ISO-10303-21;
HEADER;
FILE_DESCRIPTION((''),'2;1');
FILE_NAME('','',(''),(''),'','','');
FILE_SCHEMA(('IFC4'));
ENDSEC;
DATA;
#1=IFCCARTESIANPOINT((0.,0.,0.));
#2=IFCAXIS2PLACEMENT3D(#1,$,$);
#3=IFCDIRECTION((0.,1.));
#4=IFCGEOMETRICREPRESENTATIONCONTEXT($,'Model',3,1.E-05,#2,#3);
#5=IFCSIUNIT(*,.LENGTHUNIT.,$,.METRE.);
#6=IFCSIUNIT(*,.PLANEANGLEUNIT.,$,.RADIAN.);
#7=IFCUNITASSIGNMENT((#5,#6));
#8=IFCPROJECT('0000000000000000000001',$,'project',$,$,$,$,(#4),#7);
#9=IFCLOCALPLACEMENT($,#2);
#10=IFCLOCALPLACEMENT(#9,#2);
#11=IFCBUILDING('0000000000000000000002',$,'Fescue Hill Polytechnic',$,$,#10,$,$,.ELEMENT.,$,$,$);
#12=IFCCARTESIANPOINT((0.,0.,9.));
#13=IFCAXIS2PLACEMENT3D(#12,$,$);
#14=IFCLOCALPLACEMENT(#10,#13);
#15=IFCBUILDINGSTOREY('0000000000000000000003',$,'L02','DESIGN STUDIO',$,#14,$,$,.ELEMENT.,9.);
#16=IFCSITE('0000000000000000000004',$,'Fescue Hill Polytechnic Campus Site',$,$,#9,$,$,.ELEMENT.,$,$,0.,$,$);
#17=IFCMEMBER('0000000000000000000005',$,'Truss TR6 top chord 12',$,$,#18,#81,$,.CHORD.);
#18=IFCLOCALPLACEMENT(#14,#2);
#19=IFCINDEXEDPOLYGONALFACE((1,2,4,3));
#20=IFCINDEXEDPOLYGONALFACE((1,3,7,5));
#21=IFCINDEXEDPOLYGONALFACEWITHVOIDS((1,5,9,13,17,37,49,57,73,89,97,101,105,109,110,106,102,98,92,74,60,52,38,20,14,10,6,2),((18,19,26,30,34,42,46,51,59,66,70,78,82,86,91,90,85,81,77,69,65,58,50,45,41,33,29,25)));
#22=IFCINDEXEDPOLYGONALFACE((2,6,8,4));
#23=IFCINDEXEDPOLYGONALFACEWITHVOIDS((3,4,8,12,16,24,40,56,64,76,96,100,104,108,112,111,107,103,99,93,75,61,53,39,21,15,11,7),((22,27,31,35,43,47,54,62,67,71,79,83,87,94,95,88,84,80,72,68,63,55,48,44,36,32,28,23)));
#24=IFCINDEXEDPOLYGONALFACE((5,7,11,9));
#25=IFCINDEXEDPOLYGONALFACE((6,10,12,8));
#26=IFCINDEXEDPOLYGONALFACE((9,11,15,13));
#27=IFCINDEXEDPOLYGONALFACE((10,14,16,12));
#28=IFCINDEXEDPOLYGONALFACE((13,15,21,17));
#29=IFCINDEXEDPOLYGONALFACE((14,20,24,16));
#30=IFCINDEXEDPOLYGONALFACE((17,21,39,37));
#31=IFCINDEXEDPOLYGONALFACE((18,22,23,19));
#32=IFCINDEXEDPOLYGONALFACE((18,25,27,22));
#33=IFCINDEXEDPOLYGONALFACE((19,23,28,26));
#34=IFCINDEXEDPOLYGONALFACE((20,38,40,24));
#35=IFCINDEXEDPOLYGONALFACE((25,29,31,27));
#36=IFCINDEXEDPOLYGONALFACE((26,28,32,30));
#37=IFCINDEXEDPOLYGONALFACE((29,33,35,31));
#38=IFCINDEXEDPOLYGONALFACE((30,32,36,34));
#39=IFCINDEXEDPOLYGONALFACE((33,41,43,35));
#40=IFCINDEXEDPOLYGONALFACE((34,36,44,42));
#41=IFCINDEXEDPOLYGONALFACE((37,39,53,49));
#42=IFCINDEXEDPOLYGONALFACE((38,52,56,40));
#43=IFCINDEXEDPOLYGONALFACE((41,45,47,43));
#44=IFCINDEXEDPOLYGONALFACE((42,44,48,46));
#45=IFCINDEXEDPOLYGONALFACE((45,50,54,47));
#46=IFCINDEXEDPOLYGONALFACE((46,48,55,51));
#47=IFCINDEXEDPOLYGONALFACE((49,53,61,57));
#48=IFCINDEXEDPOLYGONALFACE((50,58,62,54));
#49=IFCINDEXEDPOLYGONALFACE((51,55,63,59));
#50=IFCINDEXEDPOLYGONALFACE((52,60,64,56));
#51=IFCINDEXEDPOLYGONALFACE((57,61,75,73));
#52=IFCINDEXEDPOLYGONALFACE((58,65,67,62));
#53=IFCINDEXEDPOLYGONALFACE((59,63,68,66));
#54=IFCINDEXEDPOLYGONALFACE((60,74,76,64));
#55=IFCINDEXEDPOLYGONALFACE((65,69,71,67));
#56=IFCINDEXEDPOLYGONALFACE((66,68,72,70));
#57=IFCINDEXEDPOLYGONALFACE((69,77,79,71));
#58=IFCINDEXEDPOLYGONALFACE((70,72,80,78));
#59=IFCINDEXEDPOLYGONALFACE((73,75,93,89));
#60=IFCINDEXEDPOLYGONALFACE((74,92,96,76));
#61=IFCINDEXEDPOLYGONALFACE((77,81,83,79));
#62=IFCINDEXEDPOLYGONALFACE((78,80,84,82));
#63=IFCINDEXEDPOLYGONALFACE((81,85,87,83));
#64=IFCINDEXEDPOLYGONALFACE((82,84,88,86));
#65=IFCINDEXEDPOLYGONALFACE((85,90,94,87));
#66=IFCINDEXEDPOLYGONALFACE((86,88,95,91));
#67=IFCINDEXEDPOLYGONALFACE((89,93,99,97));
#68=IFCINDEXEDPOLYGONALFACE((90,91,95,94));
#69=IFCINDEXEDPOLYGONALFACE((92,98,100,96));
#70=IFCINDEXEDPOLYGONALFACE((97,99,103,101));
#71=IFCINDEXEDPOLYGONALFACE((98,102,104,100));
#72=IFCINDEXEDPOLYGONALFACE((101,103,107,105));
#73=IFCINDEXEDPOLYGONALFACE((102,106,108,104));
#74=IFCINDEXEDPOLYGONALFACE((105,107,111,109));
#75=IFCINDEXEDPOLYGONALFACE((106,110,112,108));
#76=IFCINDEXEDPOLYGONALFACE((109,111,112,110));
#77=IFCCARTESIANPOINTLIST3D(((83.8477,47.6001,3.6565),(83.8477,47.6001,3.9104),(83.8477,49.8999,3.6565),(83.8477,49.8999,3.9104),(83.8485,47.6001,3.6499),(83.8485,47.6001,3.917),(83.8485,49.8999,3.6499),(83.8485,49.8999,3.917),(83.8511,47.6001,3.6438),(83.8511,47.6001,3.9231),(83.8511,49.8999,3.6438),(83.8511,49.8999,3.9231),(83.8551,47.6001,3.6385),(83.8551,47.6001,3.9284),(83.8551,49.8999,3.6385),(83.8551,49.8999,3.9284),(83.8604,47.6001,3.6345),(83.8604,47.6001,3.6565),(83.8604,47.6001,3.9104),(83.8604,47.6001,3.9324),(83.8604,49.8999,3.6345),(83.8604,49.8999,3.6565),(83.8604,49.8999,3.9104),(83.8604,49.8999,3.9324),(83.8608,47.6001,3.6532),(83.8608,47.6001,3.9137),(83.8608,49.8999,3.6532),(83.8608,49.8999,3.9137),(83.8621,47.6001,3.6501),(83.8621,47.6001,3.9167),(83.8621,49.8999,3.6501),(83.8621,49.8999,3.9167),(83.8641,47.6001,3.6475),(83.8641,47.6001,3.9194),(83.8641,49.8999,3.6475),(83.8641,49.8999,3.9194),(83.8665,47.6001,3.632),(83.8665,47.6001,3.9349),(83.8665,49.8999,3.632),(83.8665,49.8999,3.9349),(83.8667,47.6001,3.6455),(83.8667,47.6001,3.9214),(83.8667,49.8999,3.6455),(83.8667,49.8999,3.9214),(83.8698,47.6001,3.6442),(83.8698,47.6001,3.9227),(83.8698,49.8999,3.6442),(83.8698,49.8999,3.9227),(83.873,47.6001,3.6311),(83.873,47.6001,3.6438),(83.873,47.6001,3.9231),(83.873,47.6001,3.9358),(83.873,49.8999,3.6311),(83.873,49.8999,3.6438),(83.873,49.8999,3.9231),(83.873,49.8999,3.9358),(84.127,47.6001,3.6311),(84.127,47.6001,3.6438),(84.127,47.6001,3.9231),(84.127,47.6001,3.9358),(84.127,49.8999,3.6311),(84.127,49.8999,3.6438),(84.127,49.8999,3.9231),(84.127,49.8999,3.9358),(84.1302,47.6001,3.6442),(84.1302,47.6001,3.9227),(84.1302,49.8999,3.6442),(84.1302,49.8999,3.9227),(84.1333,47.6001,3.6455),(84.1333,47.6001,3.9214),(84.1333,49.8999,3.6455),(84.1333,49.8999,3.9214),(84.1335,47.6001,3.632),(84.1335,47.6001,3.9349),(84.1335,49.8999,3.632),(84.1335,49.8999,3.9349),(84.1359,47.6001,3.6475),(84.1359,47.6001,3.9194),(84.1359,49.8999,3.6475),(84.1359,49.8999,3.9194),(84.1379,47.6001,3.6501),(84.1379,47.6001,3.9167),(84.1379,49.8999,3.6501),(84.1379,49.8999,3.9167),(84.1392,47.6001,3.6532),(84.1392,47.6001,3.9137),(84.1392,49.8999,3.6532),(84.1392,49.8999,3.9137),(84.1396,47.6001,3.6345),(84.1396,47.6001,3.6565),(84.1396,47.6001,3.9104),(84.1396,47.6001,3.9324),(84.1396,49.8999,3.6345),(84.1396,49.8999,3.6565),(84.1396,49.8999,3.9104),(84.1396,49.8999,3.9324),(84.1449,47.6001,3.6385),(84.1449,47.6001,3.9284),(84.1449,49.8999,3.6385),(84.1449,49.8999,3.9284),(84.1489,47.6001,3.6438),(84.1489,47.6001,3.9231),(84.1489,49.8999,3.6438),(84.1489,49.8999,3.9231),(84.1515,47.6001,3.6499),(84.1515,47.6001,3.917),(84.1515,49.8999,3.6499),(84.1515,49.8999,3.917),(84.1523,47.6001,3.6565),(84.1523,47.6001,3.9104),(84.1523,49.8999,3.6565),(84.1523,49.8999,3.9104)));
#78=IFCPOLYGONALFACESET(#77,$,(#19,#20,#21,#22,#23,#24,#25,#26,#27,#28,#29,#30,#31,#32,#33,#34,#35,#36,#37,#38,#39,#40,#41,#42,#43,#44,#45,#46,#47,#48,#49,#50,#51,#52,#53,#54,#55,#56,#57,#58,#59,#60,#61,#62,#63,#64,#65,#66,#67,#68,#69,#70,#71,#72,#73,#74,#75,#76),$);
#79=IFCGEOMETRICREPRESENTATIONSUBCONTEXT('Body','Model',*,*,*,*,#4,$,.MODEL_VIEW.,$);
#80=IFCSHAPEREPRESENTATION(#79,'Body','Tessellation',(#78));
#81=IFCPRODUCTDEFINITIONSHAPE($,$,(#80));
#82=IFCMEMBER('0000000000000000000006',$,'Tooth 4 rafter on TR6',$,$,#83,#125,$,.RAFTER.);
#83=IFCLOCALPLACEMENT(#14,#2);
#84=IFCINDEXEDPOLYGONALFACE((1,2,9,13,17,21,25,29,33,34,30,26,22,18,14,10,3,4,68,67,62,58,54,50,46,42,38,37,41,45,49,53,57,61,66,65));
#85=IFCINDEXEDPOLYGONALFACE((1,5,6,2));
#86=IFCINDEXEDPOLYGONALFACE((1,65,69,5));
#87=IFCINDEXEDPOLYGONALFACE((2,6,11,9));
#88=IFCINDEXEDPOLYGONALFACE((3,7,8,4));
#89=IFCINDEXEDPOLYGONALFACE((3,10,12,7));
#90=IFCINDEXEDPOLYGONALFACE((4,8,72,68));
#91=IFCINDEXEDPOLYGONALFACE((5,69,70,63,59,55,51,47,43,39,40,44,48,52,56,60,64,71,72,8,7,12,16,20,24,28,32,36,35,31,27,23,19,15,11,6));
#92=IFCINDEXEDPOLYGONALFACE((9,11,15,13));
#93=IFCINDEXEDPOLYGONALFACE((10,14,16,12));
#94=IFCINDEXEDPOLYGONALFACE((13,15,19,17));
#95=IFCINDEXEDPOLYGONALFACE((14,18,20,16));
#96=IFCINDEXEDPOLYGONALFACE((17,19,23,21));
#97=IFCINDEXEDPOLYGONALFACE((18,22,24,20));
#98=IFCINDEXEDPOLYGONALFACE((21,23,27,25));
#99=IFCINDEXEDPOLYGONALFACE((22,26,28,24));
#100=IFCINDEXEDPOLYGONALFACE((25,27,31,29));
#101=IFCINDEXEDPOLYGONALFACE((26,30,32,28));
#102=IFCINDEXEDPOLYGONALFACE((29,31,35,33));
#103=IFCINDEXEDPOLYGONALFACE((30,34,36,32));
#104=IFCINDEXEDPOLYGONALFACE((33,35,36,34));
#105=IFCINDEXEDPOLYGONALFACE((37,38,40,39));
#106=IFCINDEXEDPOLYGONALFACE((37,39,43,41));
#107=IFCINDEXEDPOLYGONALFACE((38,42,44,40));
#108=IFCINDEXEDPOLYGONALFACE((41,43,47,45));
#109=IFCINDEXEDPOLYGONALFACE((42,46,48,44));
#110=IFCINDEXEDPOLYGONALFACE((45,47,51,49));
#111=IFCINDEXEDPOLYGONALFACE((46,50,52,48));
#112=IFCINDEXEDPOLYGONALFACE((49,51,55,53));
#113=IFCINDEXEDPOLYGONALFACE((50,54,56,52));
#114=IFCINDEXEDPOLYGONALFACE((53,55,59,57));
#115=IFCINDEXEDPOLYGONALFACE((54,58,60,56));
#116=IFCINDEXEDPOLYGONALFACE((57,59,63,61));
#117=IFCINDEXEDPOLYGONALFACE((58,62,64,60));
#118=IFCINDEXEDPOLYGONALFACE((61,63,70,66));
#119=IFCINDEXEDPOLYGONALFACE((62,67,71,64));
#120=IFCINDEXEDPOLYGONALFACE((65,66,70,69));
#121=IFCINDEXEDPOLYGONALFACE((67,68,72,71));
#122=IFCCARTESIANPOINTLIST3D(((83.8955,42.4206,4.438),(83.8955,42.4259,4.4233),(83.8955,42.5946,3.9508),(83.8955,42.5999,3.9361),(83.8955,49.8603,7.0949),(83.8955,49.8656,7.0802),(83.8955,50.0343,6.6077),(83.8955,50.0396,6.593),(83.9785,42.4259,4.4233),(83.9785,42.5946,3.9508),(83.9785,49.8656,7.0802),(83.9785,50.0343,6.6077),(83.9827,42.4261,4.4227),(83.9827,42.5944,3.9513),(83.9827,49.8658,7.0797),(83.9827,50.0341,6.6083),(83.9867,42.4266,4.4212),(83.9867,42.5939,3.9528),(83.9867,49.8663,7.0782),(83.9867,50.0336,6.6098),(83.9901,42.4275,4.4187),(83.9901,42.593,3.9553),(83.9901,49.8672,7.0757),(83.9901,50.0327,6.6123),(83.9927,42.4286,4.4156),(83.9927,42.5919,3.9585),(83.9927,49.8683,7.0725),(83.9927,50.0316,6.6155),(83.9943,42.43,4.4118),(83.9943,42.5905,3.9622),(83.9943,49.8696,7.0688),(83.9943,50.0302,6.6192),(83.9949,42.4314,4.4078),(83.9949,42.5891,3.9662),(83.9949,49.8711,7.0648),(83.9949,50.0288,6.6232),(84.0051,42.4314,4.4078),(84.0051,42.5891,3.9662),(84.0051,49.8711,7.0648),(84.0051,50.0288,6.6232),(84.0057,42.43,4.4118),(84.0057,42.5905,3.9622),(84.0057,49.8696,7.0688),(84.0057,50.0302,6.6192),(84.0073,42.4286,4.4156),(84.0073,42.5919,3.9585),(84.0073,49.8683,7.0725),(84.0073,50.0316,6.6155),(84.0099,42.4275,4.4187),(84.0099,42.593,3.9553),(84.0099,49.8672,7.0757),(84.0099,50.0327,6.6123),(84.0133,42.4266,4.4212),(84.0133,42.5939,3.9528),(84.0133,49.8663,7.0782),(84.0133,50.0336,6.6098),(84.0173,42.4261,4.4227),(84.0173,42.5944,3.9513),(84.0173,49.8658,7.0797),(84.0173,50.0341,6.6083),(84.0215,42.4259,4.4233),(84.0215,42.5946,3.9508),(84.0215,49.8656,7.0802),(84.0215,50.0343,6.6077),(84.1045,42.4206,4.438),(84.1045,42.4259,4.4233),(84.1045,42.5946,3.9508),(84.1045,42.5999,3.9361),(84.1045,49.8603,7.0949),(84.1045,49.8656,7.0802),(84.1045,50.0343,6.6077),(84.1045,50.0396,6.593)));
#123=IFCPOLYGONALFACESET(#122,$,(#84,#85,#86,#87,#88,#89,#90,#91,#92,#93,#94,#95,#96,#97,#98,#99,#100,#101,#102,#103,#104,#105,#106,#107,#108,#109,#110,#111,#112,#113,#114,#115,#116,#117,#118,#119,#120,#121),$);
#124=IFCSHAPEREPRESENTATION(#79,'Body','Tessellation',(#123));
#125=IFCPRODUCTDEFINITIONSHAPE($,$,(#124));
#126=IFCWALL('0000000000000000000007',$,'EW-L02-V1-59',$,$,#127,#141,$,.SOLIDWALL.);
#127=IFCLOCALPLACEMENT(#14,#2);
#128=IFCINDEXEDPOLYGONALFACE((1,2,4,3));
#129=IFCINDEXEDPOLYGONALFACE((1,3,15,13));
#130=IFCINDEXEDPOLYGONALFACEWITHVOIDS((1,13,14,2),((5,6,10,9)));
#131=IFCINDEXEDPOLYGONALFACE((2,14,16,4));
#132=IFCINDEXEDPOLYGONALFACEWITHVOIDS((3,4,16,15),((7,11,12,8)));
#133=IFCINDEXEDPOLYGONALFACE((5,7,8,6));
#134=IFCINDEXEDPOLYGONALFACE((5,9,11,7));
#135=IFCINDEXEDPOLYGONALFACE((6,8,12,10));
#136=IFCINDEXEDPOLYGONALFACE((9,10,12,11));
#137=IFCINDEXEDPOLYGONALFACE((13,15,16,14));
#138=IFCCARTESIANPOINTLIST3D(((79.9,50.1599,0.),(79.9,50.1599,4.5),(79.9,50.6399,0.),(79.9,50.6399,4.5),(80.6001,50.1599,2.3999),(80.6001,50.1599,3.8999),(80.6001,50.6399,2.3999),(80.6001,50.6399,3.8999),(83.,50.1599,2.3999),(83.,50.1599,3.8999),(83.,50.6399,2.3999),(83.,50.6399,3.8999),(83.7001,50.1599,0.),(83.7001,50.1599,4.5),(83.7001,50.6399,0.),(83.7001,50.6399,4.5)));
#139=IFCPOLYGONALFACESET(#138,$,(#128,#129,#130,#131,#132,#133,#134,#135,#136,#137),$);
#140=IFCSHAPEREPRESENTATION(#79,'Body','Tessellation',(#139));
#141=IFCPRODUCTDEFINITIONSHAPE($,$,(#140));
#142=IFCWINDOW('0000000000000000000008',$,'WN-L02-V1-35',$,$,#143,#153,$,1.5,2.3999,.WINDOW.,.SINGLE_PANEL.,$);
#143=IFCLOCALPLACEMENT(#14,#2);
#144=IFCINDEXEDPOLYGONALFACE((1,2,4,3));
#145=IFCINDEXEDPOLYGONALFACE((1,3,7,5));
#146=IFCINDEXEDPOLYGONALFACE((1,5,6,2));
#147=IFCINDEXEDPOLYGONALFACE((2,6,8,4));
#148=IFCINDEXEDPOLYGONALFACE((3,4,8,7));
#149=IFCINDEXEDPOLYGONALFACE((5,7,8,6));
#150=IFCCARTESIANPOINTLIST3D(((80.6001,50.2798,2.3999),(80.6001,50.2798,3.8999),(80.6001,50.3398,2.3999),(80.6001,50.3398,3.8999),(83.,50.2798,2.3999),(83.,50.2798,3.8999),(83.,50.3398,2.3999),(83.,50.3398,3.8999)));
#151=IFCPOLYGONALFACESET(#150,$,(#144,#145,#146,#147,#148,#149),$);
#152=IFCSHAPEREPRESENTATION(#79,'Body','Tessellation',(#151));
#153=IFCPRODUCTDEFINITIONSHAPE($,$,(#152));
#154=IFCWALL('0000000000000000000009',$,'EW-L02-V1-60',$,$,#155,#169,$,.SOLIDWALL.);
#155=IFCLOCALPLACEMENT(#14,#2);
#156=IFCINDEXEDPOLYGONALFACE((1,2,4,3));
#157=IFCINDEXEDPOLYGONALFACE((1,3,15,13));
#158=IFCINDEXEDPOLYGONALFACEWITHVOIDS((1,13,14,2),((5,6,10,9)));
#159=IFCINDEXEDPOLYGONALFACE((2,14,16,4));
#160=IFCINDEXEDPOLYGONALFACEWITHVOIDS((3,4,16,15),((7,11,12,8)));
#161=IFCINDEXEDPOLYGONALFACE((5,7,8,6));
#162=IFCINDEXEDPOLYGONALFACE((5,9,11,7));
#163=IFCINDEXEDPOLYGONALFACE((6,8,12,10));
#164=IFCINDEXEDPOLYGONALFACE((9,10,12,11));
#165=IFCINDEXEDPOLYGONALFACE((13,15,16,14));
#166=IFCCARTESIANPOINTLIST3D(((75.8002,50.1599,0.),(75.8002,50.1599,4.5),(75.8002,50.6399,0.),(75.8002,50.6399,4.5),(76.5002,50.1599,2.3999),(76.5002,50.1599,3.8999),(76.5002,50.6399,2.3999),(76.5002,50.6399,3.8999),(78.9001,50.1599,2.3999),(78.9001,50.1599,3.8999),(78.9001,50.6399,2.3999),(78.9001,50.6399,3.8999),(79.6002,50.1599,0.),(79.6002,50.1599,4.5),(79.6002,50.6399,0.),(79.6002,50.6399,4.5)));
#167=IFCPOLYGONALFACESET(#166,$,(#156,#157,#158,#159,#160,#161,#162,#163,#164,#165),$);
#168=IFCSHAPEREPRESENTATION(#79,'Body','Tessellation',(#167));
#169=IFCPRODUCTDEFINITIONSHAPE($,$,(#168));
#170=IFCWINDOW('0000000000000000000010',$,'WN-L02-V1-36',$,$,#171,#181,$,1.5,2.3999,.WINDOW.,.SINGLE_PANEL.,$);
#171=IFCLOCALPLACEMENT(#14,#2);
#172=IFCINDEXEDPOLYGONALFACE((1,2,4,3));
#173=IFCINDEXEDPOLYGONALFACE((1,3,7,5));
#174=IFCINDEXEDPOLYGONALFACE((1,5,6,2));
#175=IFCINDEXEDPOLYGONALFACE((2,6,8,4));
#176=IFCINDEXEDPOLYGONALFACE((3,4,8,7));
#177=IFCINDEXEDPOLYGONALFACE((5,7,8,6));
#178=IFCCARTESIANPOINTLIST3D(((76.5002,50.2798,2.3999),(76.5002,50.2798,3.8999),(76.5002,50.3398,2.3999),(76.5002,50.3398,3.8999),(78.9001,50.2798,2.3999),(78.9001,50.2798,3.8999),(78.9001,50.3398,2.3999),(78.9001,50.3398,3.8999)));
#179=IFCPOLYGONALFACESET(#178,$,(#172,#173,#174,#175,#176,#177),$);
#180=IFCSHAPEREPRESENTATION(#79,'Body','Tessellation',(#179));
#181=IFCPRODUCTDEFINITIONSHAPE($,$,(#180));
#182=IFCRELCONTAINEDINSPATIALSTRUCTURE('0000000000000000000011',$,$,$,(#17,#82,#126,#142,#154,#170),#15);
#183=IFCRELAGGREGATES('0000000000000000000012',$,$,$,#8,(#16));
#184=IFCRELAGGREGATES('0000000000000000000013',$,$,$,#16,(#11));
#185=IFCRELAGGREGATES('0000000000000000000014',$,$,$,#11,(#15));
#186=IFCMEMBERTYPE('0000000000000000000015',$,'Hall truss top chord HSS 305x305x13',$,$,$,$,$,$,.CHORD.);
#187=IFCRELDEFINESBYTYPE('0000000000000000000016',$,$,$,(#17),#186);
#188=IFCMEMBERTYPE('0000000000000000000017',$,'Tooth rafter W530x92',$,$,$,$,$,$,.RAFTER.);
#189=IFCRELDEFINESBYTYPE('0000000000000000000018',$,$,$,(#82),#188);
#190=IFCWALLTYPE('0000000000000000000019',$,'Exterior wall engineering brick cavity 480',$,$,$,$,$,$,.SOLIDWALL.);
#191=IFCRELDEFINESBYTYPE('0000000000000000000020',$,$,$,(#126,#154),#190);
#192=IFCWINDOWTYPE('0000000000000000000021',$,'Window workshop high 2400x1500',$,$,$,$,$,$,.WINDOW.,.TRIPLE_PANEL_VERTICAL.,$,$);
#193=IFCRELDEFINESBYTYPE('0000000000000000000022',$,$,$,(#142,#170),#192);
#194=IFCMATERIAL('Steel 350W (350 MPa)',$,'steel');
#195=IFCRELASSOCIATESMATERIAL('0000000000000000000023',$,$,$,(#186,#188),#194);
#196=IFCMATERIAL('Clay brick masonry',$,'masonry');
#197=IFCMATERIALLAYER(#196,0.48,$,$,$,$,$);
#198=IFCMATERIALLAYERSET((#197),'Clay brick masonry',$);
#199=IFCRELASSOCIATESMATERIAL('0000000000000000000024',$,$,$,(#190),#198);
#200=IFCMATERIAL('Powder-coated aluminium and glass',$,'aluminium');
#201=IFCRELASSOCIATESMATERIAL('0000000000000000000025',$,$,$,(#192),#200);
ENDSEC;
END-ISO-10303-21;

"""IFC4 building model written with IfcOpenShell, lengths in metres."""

from ifc_helpers import new_model, si_unit, direction, frame, frame_2d, origin, origin_2d, place, context, subcontext, project, spatial, rectangle, hollow_rectangle, i_section, extrude, material, layer, layer_set, material_profile, profile_set, type_object, element, fill, save


model = new_model("IFC4")

# Units and contexts
model_context = context("Model", 3, precision=1e-05, world=origin(), true_north=direction((0.0, 1.0)))
body_context = subcontext(model_context, "Body", "Model", "MODEL_VIEW")
ifc_project = project(units=[si_unit("LENGTHUNIT", "METRE"), si_unit("PLANEANGLEUNIT", "RADIAN")], contexts=[model_context])

# Site, building, storey
site_placement = place(None, origin())
site = spatial("IfcSite", under=ifc_project, at=site_placement, Name="Fescue Hill Polytechnic Campus Site", CompositionType="ELEMENT", RefElevation=0.0)
building_placement = place(site_placement, origin())
building = spatial("IfcBuilding", under=site, at=building_placement, Name="Fescue Hill Polytechnic", CompositionType="ELEMENT")
storey_placement = place(building_placement, frame((0.0, 0.0, 9.0)))
storey = spatial("IfcBuildingStorey", under=building, at=storey_placement, Name="L02", Description="DESIGN STUDIO", CompositionType="ELEMENT", Elevation=9.0)

# Members
ifc_material_1 = material(Name="Steel 350W (350 MPa)", Category="steel")
ifc_material_profile_1 = material_profile(ifc_material_1, hollow_rectangle(XDim=0.3047, YDim=0.3047, WallThickness=0.0127, InnerFilletRadius=0.0127, OuterFilletRadius=0.0254, at=origin_2d()), Name="Hall truss top chord HSS 305x305x13")
ifc_profile_set_1 = profile_set([ifc_material_profile_1], Name="Steel 350W (350 MPa)")
member_type_1 = type_object("IfcMemberType", Name="Hall truss top chord HSS 305x305x13", PredefinedType="CHORD", material=ifc_profile_set_1)
member_1_placement = place(storey_placement, frame((84.0, 47.6001, 3.7834), z_axis=(0.0, 1.0, 0.0), x_axis=(-1.0, 0.0, 0.0)))
element("IfcMember", 1, at=member_1_placement, inside=storey, type_object=member_type_1, Name="Truss TR6 top chord 12", PredefinedType="CHORD", context=body_context, shape_type="SweptSolid", body=[
    extrude(hollow_rectangle(XDim=0.3047, YDim=0.3047, WallThickness=0.0127, InnerFilletRadius=0.0127, OuterFilletRadius=0.0254, at=origin_2d()), origin(), (0.0, 0.0, 1.0), 2.2998),
])
ifc_material_profile_2 = material_profile(ifc_material_1, i_section(OverallWidth=0.209, OverallDepth=0.533, WebThickness=0.0103, FlangeThickness=0.0156, FilletRadius=0.0164, at=origin_2d()), Name="W530x92")
ifc_profile_set_2 = profile_set([ifc_material_profile_2], Name="Steel 350W (350 MPa)")
member_type_2 = type_object("IfcMemberType", Name="Tooth rafter W530x92", PredefinedType="RAFTER", material=ifc_profile_set_2)
member_2_placement = place(storey_placement, frame((84.0, 42.5103, 4.187), z_axis=(0.0, 0.941744, 0.336331), x_axis=(-1.0, 0.0, 0.0)))
element("IfcMember", 2, at=member_2_placement, inside=storey, type_object=member_type_2, Name="Tooth 4 rafter on TR6", PredefinedType="RAFTER", context=body_context, shape_type="SweptSolid", body=[
    extrude(i_section(OverallWidth=0.209, OverallDepth=0.533, WebThickness=0.0103, FlangeThickness=0.0156, FilletRadius=0.0164, at=origin_2d()), origin(), (0.0, 0.0, 1.0), 7.8999),
])

# Walls, openings, windows
ifc_material_2 = material(Name="Clay brick masonry", Category="masonry")
ifc_layer_1 = layer(ifc_material_2, 0.48)
ifc_layer_set_1 = layer_set([ifc_layer_1], Name="Clay brick masonry")
wall_type_1 = type_object("IfcWallType", Name="Exterior wall engineering brick cavity 480", PredefinedType="SOLIDWALL", material=ifc_layer_set_1)
wall_1_placement = place(storey_placement, frame((83.7, 50.3999, 0.0), z_axis=(0.0, 0.0, 1.0), x_axis=(-1.0, 0.0, 0.0)))
wall_1 = element("IfcWall", 3, at=wall_1_placement, inside=storey, type_object=wall_type_1, Name="EW-L02-V1-59", PredefinedType="SOLIDWALL", context=body_context, shape_type="SweptSolid", body=[
    extrude(rectangle(XDim=3.8, YDim=0.48, at=frame_2d((1.8999, 0.0))), origin(), (0.0, 0.0, 1.0), 4.5),
])
opening_1_placement = place(wall_1_placement, frame((0.7, 0.0, 2.3999)))
opening_1 = element("IfcOpeningElement", 4, at=opening_1_placement, cuts=wall_1, PredefinedType="OPENING", context=body_context, shape_type="SweptSolid", body=[
    extrude(rectangle(XDim=2.3999, YDim=1.5, at=frame_2d((1.2, 0.75))), frame((0.0, 0.25, 0.0), z_axis=(0.0, -1.0, 0.0), x_axis=(1.0, 0.0, 0.0)), (0.0, 0.0, 1.0), 0.5),
])
ifc_material_3 = material(Name="Powder-coated aluminium and glass", Category="aluminium")
window_type = type_object("IfcWindowType", Name="Window workshop high 2400x1500", PartitioningType="TRIPLE_PANEL_VERTICAL", PredefinedType="WINDOW", material=ifc_material_3)
window_1_placement = place(opening_1_placement, origin())
window_1 = element("IfcWindow", 5, at=window_1_placement, inside=storey, type_object=window_type, Name="WN-L02-V1-35", OverallHeight=1.5, OverallWidth=2.3999, PartitioningType="SINGLE_PANEL", PredefinedType="WINDOW", context=body_context, shape_type="SweptSolid", body=[
    extrude(rectangle(XDim=2.3999, YDim=1.5, at=frame_2d((1.2, 0.75))), frame((0.0, 0.1201, 0.0), z_axis=(0.0, -1.0, 0.0), x_axis=(1.0, 0.0, 0.0)), (0.0, 0.0, 1.0), 0.0601),
])
fill(opening_1, window_1)
wall_2_placement = place(storey_placement, frame((79.6001, 50.3999, 0.0), z_axis=(0.0, 0.0, 1.0), x_axis=(-1.0, 0.0, 0.0)))
wall_2 = element("IfcWall", 6, at=wall_2_placement, inside=storey, type_object=wall_type_1, Name="EW-L02-V1-60", PredefinedType="SOLIDWALL", context=body_context, shape_type="SweptSolid", body=[
    extrude(rectangle(XDim=3.8, YDim=0.48, at=frame_2d((1.8999, 0.0))), origin(), (0.0, 0.0, 1.0), 4.5),
])
opening_2_placement = place(wall_2_placement, frame((0.7, 0.0, 2.3999)))
opening_2 = element("IfcOpeningElement", 7, at=opening_2_placement, cuts=wall_2, PredefinedType="OPENING", context=body_context, shape_type="SweptSolid", body=[
    extrude(rectangle(XDim=2.3999, YDim=1.5, at=frame_2d((1.2, 0.75))), frame((0.0, 0.25, 0.0), z_axis=(0.0, -1.0, 0.0), x_axis=(1.0, 0.0, 0.0)), (0.0, 0.0, 1.0), 0.5),
])
window_2_placement = place(opening_2_placement, origin())
window_2 = element("IfcWindow", 8, at=window_2_placement, inside=storey, type_object=window_type, Name="WN-L02-V1-36", OverallHeight=1.5, OverallWidth=2.3999, PartitioningType="SINGLE_PANEL", PredefinedType="WINDOW", context=body_context, shape_type="SweptSolid", body=[
    extrude(rectangle(XDim=2.3999, YDim=1.5, at=frame_2d((1.2, 0.75))), frame((0.0, 0.1201, 0.0), z_axis=(0.0, -1.0, 0.0), x_axis=(1.0, 0.0, 0.0)), (0.0, 0.0, 1.0), 0.0601),
])
fill(opening_2, window_2)

save(model, "model.ifc")
